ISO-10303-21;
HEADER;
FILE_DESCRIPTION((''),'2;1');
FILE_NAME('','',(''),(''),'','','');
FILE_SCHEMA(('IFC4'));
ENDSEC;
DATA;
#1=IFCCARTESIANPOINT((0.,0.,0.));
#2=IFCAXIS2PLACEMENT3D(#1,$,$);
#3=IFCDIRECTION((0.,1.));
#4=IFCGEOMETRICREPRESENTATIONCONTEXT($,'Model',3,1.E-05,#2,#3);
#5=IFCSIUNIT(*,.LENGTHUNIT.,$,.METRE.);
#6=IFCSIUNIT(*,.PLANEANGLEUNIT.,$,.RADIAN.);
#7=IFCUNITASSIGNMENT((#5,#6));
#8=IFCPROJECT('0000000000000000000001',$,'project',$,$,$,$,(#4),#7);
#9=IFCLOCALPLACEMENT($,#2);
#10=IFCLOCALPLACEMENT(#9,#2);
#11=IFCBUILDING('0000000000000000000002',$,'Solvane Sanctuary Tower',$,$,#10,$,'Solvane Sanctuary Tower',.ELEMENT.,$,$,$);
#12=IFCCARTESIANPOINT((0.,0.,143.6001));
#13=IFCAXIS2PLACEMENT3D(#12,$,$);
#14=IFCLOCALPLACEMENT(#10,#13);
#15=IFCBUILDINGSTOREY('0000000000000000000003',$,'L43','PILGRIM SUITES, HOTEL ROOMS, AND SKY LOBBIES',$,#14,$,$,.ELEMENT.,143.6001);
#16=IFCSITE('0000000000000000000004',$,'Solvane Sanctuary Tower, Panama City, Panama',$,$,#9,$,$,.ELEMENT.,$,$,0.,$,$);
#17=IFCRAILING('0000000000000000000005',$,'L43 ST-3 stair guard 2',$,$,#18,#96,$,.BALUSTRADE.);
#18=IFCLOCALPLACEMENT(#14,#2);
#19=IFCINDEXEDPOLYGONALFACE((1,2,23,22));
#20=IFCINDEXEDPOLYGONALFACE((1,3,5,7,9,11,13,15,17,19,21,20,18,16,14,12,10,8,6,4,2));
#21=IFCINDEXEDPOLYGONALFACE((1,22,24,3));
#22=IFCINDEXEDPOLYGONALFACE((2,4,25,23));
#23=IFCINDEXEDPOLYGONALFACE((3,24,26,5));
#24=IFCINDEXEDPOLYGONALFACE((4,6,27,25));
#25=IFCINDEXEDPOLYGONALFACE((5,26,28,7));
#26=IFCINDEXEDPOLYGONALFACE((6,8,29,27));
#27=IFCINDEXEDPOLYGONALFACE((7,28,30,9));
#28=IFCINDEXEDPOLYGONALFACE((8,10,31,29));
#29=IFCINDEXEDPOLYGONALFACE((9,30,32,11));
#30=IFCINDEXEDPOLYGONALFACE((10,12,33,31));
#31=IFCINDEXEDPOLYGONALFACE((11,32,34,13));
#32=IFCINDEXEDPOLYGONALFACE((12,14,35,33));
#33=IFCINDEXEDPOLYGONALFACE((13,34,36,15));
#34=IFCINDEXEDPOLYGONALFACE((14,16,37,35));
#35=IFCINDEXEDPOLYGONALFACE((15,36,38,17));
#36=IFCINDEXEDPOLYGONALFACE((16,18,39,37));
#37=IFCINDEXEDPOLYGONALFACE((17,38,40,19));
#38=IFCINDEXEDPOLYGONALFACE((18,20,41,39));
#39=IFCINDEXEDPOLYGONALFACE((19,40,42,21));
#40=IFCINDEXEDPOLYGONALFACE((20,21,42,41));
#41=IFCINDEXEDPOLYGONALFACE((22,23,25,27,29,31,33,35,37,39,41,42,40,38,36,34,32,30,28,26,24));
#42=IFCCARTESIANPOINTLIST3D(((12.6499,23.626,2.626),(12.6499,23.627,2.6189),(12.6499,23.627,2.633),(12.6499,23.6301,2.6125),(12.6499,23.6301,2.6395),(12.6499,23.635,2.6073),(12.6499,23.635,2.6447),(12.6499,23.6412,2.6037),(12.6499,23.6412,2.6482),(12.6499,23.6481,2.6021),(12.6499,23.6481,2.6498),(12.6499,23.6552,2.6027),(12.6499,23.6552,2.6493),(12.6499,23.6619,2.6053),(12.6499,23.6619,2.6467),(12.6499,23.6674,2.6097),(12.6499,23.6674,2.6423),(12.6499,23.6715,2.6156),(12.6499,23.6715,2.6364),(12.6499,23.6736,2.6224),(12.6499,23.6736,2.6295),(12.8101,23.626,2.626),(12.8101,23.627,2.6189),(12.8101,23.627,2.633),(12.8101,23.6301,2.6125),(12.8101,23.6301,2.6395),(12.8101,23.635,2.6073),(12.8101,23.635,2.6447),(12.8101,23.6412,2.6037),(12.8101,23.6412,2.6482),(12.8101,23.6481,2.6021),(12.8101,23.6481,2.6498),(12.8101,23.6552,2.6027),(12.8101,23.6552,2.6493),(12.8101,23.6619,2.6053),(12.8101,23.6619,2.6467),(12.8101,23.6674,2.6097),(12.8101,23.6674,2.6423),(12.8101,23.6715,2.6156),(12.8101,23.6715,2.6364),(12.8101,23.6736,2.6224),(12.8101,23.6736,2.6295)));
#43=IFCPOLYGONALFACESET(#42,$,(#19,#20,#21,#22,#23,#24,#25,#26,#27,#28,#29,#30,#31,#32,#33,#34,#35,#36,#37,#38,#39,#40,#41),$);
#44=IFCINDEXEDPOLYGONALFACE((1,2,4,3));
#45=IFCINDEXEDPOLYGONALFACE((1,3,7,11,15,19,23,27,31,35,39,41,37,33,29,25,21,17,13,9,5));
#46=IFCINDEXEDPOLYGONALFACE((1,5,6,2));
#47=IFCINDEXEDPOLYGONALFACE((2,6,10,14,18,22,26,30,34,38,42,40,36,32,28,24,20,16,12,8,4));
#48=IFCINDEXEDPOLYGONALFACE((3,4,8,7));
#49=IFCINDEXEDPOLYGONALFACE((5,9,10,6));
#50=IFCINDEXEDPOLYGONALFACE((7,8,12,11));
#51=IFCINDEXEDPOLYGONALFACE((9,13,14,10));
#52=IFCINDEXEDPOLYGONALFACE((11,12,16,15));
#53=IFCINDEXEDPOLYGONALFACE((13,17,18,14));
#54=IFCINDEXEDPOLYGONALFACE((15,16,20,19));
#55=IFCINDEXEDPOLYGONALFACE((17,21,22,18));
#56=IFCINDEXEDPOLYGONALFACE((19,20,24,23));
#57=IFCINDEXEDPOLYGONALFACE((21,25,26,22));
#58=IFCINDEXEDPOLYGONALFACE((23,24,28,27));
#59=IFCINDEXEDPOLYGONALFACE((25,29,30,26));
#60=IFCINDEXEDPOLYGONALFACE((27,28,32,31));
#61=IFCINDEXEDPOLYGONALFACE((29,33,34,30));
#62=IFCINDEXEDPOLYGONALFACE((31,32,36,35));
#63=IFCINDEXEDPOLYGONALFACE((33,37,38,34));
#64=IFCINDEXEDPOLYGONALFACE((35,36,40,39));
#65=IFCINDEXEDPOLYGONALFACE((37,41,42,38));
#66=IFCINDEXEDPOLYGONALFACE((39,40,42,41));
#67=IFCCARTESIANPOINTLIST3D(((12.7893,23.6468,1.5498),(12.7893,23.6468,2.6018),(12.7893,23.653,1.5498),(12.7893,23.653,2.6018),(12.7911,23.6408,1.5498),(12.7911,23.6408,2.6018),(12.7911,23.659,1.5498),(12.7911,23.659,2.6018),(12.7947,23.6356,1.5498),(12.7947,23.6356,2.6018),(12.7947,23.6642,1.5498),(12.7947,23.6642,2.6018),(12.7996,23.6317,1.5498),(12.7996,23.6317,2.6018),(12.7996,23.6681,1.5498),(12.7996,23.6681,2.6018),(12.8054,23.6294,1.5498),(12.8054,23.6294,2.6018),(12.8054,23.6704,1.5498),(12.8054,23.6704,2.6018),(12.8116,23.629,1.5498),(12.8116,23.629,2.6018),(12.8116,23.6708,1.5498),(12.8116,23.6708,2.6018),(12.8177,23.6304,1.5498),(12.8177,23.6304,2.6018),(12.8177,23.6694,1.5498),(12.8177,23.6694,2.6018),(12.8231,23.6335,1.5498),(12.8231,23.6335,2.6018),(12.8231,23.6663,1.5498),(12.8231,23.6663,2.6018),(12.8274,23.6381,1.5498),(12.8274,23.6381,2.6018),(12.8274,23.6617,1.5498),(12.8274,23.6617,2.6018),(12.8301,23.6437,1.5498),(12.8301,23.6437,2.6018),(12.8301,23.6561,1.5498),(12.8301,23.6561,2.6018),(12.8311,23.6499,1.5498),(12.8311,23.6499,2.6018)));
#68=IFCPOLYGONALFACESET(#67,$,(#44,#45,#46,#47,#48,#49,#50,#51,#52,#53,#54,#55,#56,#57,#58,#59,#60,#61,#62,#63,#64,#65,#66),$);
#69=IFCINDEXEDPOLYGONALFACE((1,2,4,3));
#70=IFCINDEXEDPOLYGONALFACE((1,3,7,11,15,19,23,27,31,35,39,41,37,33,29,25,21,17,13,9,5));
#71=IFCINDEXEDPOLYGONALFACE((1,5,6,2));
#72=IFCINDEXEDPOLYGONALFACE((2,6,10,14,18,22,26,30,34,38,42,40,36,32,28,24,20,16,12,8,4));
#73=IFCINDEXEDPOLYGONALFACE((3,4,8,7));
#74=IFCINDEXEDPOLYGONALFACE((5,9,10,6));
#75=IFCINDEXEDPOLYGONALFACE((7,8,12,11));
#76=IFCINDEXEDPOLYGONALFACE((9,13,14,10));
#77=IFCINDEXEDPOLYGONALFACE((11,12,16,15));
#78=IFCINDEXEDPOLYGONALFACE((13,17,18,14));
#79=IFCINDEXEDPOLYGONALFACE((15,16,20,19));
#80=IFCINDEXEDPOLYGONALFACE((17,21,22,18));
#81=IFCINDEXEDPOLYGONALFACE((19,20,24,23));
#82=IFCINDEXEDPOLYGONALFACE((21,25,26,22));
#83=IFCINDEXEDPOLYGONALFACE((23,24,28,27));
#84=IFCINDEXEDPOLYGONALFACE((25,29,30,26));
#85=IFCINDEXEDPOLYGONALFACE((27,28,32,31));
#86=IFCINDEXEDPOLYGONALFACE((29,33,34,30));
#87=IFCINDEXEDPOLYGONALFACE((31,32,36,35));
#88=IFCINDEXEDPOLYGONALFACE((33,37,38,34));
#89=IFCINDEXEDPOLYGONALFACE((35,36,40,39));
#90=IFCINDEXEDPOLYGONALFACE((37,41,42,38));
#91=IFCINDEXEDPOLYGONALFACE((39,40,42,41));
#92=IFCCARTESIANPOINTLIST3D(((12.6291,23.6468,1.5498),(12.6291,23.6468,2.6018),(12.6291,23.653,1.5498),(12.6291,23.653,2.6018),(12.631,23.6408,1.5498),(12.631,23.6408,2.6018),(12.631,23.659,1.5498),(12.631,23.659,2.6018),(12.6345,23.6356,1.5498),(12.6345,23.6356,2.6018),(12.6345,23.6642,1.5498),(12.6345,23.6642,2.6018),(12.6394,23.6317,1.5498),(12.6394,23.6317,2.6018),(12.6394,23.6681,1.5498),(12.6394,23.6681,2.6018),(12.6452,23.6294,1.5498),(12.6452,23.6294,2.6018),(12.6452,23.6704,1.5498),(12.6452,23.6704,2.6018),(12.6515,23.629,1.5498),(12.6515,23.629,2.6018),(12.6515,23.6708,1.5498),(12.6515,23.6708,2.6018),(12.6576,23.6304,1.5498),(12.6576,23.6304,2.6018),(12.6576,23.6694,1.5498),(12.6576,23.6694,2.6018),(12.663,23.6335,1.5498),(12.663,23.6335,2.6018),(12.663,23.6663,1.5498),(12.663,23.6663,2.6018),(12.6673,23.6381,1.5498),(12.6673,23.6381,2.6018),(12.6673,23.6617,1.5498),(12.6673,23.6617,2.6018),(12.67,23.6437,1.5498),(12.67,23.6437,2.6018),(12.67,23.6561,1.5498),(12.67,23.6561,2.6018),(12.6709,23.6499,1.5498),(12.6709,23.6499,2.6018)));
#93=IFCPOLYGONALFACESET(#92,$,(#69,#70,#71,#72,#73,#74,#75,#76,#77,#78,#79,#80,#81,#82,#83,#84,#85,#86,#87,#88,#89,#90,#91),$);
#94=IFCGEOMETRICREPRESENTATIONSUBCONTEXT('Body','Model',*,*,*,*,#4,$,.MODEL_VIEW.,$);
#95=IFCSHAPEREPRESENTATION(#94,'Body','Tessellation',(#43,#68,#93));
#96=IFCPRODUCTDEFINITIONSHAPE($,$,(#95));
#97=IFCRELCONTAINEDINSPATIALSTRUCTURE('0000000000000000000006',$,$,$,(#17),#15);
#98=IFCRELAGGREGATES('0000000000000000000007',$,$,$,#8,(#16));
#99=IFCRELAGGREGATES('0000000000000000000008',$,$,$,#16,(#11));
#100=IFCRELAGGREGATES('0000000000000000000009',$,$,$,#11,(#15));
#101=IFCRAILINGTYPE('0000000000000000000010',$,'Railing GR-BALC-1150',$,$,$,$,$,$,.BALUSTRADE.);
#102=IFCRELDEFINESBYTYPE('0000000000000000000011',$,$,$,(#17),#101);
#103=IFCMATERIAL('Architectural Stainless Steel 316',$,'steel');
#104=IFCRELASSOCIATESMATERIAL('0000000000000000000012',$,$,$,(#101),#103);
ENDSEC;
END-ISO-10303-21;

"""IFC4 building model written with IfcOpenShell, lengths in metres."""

from ifc_helpers import new_model, si_unit, direction, frame, origin, origin_2d, place, context, subcontext, project, spatial, circle, extrude, material, type_object, element, save


model = new_model("IFC4")

# Units and contexts
model_context = context("Model", 3, precision=1e-05, world=origin(), true_north=direction((0.0, 1.0)))
body_context = subcontext(model_context, "Body", "Model", "MODEL_VIEW")
ifc_project = project(units=[si_unit("LENGTHUNIT", "METRE"), si_unit("PLANEANGLEUNIT", "RADIAN")], contexts=[model_context])

# Site, building, storey
site_placement = place(None, origin())
site = spatial("IfcSite", under=ifc_project, at=site_placement, Name="Solvane Sanctuary Tower, Panama City, Panama", CompositionType="ELEMENT", RefElevation=0.0)
building_placement = place(site_placement, origin())
building = spatial("IfcBuilding", under=site, at=building_placement, Name="Solvane Sanctuary Tower", LongName="Solvane Sanctuary Tower", CompositionType="ELEMENT")
storey_placement = place(building_placement, frame((0.0, 0.0, 143.6001)))
storey = spatial("IfcBuildingStorey", under=building, at=storey_placement, Name="L43", Description="PILGRIM SUITES, HOTEL ROOMS, AND SKY LOBBIES", CompositionType="ELEMENT", Elevation=143.6001)

# Railing
ifc_material_1 = material(Name="Architectural Stainless Steel 316", Category="steel")
railing_type_1 = type_object("IfcRailingType", Name="Railing GR-BALC-1150", PredefinedType="BALUSTRADE", material=ifc_material_1)
railing_1_placement = place(storey_placement, frame((12.8101, 23.6499, 1.5498)))
element("IfcRailing", 1, at=railing_1_placement, inside=storey, type_object=railing_type_1, Name="L43 ST-3 stair guard 2", PredefinedType="BALUSTRADE", context=body_context, shape_type="SweptSolid", body=[
    extrude(circle(Radius=0.0239, at=origin_2d()), frame((0.0, 0.0, 1.0762), z_axis=(-1.0, 0.0, 0.0), x_axis=(0.0, -1.0, 0.0)), (0.0, 0.0, 1.0), 0.1602),
    extrude(circle(Radius=0.021, at=origin_2d()), origin(), (0.0, 0.0, 1.0), 1.052),
    extrude(circle(Radius=0.021, at=origin_2d()), frame((-0.1602, 0.0, 0.0)), (0.0, 0.0, 1.0), 1.052),
])

save(model, "model.ifc")
